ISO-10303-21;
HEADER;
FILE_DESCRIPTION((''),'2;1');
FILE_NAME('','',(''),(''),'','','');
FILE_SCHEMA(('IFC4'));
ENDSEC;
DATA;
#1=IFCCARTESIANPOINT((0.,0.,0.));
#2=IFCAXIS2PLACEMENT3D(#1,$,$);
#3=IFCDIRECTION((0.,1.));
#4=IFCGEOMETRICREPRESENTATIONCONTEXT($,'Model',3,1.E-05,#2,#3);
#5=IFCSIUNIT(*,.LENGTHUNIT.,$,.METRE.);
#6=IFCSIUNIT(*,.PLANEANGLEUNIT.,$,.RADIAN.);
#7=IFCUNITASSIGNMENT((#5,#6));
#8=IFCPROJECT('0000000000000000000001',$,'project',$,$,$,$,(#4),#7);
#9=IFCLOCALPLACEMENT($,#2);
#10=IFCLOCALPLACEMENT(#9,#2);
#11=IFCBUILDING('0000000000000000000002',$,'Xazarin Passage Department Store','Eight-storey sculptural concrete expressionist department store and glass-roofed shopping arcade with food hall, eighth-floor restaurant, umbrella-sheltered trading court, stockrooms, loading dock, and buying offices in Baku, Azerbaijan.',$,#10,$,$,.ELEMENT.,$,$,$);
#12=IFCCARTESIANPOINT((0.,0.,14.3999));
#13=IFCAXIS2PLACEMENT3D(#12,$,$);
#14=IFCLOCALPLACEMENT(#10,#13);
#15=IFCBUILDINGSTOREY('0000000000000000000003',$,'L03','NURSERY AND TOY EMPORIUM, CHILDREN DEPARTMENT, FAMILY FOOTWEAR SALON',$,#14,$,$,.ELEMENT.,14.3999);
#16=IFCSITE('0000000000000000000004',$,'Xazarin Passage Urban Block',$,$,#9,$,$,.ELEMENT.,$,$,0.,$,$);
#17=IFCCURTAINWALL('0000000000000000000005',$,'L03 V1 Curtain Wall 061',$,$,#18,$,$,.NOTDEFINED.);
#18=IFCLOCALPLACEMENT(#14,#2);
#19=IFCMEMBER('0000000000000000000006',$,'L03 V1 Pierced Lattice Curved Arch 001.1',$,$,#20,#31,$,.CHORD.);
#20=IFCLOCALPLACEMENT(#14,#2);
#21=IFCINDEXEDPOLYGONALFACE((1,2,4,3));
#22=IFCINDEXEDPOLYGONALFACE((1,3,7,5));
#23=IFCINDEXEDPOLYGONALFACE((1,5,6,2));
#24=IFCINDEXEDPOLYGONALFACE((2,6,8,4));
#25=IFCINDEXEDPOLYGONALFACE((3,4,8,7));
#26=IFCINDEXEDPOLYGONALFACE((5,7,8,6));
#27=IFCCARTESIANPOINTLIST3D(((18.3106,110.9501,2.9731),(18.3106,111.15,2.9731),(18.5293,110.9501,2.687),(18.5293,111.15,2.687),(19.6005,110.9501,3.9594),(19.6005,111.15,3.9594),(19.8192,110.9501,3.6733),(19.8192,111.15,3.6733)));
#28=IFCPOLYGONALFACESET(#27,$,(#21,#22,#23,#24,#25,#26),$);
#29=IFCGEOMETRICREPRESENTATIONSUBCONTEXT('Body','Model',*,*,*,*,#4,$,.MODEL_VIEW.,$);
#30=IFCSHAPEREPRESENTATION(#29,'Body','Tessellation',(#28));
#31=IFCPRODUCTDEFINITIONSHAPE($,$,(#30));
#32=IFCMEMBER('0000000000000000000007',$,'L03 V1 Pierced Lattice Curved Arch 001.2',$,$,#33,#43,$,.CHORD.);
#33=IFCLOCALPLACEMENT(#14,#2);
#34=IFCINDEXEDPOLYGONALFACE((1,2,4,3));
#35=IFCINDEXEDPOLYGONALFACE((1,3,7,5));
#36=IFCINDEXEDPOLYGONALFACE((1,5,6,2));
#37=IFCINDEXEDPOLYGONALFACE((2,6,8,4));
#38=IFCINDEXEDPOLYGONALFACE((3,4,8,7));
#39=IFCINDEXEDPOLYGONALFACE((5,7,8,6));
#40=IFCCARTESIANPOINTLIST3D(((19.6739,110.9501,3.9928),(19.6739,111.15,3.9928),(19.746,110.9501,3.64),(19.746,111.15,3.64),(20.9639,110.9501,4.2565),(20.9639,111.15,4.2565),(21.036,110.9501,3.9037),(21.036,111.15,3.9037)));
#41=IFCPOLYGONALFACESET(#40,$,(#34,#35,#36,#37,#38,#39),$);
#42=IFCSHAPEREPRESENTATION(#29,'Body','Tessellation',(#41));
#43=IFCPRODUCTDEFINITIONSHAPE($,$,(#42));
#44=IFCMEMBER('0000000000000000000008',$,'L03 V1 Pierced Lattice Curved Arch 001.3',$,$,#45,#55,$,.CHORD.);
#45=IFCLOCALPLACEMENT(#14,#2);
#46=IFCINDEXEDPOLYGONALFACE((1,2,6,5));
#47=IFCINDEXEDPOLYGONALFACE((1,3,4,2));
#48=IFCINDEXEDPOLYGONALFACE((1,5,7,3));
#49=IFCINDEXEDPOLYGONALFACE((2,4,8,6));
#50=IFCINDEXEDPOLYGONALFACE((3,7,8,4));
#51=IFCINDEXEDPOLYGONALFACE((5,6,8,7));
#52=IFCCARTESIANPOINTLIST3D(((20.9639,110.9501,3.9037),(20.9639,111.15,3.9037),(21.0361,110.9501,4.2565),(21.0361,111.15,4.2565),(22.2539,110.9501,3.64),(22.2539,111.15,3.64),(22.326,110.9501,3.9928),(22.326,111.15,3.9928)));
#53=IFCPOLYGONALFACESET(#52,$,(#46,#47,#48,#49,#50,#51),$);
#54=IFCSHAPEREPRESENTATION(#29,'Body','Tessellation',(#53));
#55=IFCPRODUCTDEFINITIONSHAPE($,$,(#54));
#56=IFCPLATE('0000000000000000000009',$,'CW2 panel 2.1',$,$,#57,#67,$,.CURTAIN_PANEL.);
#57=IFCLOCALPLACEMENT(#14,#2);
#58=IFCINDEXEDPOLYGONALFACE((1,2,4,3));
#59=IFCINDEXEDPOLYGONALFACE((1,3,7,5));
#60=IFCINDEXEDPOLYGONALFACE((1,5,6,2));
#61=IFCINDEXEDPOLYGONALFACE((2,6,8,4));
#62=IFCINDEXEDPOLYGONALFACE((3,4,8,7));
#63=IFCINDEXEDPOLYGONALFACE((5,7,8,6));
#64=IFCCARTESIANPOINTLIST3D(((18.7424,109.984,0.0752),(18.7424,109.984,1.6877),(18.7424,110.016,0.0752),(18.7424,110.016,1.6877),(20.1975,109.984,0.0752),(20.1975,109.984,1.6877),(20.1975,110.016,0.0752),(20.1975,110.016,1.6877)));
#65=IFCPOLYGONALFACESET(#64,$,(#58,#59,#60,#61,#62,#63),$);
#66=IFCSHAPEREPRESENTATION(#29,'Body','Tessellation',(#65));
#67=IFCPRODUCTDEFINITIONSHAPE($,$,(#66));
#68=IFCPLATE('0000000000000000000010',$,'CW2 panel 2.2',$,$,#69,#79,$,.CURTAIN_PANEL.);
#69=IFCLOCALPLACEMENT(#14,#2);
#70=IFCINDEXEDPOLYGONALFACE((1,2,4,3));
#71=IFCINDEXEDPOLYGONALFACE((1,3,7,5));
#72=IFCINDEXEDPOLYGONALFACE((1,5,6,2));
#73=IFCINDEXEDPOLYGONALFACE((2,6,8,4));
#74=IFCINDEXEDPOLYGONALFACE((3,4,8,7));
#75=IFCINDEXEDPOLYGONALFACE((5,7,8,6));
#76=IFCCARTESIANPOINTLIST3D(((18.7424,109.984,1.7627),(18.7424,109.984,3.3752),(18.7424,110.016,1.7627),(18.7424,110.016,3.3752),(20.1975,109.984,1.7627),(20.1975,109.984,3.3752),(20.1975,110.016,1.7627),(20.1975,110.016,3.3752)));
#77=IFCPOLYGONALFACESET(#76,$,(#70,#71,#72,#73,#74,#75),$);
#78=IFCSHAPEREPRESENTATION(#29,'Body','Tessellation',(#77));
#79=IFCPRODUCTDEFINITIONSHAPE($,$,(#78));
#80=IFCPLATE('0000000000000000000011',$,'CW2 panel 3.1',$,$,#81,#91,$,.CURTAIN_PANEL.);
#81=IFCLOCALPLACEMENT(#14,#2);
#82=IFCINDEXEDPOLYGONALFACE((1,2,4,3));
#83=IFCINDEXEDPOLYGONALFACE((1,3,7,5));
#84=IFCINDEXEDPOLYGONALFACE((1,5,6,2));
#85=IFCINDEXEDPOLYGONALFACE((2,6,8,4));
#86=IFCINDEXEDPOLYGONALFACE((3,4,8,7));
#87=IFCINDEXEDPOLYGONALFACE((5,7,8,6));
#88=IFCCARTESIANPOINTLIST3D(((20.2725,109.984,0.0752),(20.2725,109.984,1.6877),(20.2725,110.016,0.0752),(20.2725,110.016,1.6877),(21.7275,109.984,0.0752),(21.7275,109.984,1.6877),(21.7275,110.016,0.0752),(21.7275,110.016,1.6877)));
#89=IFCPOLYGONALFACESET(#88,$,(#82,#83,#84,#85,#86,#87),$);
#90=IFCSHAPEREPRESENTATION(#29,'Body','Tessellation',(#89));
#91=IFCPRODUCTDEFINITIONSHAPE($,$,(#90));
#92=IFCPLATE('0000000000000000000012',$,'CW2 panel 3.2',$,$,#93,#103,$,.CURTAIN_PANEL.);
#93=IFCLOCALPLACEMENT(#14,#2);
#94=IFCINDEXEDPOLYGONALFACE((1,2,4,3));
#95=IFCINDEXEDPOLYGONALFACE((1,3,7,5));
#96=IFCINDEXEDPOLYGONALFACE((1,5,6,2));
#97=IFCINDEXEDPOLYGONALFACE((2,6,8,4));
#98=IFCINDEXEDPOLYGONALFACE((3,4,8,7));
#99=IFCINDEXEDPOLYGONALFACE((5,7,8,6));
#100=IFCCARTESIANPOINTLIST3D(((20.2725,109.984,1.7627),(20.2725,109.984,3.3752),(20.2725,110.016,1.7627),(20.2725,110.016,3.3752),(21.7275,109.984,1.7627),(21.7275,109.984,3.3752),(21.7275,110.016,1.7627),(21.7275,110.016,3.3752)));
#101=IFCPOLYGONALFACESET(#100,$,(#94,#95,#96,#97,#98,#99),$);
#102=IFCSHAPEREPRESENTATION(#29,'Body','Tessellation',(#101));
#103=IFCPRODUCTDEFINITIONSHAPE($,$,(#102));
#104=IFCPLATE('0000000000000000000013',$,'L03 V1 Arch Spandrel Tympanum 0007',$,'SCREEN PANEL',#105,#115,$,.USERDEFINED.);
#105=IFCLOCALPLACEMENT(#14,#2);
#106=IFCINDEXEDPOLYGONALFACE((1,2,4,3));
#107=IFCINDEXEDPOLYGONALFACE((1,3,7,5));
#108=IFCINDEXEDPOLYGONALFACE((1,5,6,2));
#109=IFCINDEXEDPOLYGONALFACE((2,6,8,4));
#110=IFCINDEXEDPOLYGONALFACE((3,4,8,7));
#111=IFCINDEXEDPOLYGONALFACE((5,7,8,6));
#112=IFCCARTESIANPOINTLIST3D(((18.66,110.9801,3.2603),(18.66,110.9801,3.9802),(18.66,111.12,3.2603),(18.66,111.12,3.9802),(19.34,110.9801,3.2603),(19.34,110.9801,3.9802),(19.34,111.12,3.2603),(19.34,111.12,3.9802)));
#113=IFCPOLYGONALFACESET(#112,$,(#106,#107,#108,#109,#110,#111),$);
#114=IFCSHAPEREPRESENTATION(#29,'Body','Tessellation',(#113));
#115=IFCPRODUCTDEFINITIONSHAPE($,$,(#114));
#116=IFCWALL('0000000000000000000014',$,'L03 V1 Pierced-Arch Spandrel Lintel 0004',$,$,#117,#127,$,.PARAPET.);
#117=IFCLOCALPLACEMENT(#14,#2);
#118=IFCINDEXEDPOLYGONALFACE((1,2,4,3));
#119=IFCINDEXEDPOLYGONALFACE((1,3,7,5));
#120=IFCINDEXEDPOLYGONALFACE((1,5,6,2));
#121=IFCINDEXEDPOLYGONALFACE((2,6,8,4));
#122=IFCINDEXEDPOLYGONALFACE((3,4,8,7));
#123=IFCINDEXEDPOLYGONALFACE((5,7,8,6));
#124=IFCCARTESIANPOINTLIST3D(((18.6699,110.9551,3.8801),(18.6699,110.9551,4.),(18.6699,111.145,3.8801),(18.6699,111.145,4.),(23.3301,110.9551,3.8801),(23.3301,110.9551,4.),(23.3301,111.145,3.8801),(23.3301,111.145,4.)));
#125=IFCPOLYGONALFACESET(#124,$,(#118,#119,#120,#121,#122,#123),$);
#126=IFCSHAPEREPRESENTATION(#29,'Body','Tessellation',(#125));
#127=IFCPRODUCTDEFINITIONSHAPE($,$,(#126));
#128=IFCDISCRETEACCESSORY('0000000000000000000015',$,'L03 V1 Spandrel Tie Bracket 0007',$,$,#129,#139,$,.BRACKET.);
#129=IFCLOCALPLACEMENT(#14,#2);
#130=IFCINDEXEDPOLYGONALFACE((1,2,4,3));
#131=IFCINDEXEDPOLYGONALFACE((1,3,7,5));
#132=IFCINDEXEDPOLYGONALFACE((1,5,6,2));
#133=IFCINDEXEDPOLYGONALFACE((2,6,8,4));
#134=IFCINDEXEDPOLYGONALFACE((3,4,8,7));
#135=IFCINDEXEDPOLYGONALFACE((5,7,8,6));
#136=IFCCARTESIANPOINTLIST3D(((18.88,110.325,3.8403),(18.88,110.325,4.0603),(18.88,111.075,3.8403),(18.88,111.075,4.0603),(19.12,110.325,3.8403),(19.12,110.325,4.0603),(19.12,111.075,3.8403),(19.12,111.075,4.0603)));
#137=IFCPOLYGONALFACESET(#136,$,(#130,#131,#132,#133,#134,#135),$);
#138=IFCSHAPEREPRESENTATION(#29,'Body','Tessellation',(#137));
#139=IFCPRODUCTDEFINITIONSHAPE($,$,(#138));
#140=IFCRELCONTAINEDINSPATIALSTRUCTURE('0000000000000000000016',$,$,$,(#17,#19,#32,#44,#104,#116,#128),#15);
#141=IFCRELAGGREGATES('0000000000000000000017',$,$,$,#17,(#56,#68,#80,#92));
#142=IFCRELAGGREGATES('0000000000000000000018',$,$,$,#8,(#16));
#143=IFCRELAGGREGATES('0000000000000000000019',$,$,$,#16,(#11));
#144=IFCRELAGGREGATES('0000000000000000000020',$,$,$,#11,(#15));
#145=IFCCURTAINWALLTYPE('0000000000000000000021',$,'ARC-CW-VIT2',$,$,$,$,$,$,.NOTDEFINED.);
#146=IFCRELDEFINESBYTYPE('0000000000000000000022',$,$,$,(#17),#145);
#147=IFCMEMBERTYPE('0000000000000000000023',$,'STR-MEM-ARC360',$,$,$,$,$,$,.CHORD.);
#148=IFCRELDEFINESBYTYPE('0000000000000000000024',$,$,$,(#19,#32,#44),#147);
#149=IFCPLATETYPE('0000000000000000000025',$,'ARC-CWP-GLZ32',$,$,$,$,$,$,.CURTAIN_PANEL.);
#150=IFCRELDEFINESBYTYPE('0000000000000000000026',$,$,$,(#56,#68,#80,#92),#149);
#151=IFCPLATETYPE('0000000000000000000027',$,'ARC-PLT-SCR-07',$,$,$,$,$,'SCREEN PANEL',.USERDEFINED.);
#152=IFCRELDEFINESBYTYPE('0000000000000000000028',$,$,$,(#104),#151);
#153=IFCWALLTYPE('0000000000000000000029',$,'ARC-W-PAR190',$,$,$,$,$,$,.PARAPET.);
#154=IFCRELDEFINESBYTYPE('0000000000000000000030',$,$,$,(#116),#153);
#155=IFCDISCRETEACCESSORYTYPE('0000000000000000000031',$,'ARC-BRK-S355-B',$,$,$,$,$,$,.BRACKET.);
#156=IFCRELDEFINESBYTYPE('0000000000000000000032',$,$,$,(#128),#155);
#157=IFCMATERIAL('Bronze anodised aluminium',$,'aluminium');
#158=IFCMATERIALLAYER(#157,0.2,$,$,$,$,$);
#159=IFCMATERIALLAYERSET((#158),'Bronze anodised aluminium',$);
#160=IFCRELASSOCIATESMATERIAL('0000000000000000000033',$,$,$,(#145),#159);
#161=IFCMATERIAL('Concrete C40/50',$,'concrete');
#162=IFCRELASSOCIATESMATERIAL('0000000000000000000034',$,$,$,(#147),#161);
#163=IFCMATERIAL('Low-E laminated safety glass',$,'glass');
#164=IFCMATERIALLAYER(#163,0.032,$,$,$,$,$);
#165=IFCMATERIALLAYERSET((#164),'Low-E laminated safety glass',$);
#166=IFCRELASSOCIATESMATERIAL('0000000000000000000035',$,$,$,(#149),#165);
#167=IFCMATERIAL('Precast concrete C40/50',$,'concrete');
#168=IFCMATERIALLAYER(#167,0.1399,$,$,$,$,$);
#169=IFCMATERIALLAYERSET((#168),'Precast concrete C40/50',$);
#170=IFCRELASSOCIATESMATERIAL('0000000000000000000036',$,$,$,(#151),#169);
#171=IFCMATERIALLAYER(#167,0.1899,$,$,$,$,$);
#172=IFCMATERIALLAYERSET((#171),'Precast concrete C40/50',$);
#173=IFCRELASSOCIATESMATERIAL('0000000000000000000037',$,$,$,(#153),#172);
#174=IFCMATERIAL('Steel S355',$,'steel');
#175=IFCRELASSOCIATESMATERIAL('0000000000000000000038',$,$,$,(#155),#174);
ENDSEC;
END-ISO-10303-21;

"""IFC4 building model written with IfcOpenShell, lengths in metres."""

from ifc_helpers import new_model, si_unit, direction, frame, frame_2d, origin, origin_2d, place, context, subcontext, project, spatial, rectangle, extrude, material, layer, layer_set, material_profile, profile_set, type_object, element, aggregate, save


model = new_model("IFC4")

# Units and contexts
model_context = context("Model", 3, precision=1e-05, world=origin(), true_north=direction((0.0, 1.0)))
body_context = subcontext(model_context, "Body", "Model", "MODEL_VIEW")
ifc_project = project(units=[si_unit("LENGTHUNIT", "METRE"), si_unit("PLANEANGLEUNIT", "RADIAN")], contexts=[model_context])

# Site, building, storey
site_placement = place(None, origin())
site = spatial("IfcSite", under=ifc_project, at=site_placement, Name="Xazarin Passage Urban Block", CompositionType="ELEMENT", RefElevation=0.0)
building_placement = place(site_placement, origin())
building = spatial("IfcBuilding", under=site, at=building_placement, Name="Xazarin Passage Department Store", Description="Eight-storey sculptural concrete expressionist department store and glass-roofed shopping arcade with food hall, eighth-floor restaurant, umbrella-sheltered trading court, stockrooms, loading dock, and buying offices in Baku, Azerbaijan.", CompositionType="ELEMENT")
storey_placement = place(building_placement, frame((0.0, 0.0, 14.3999)))
storey = spatial("IfcBuildingStorey", under=building, at=storey_placement, Name="L03", Description="NURSERY AND TOY EMPORIUM, CHILDREN DEPARTMENT, FAMILY FOOTWEAR SALON", CompositionType="ELEMENT", Elevation=14.3999)

# Shared definitions
ifc_material_1 = material(Name="Concrete C40/50", Category="concrete")

# Curtain wall
ifc_material_2 = material(Name="Bronze anodised aluminium", Category="aluminium")
ifc_layer_1 = layer(ifc_material_2, 0.2)
ifc_layer_set_1 = layer_set([ifc_layer_1], Name="Bronze anodised aluminium")
curtain_wall_type = type_object("IfcCurtainWallType", Name="ARC-CW-VIT2", PredefinedType="NOTDEFINED", material=ifc_layer_set_1)
curtain_wall_placement = place(storey_placement, origin())
curtain_wall = element("IfcCurtainWall", 1, at=curtain_wall_placement, inside=storey, type_object=curtain_wall_type, Name="L03 V1 Curtain Wall 061", PredefinedType="NOTDEFINED")

# Members
ifc_material_profile_1 = material_profile(ifc_material_1, rectangle(XDim=0.2, YDim=0.3601, at=origin_2d()), Name="RC 200x360")
ifc_profile_set_1 = profile_set([ifc_material_profile_1], Name="Concrete C40/50")
member_type_1 = type_object("IfcMemberType", Name="STR-MEM-ARC360", PredefinedType="CHORD", material=ifc_profile_set_1)
member_1_placement = place(storey_placement, frame((18.4199, 111.05, 2.8301), z_axis=(0.794409, 0.0, 0.607383), x_axis=(0.0, 1.0, 0.0)))
element("IfcMember", 2, at=member_1_placement, inside=storey, type_object=member_type_1, Name="L03 V1 Pierced Lattice Curved Arch 001.1", PredefinedType="CHORD", context=body_context, shape_type="SweptSolid", body=[
    extrude(rectangle(XDim=0.2, YDim=0.3601, at=origin_2d()), origin(), (0.0, 0.0, 1.0), 1.6238),
])
for number, where, z_axis, x_axis, name in (
    (3, (19.71, 111.05, 3.8164), (0.979745, 0.0, 0.200251), (0.0, 1.0, 0.0), "L03 V1 Pierced Lattice Curved Arch 001.2"),
    (4, (21.0, 111.05, 4.0801), (0.979745, 0.0, -0.200251), (0.0, 1.0, 0.0), "L03 V1 Pierced Lattice Curved Arch 001.3"),
):
    element("IfcMember", number, at=place(storey_placement, frame(where, z_axis=z_axis, x_axis=x_axis)), inside=storey, type_object=member_type_1, Name=name, PredefinedType="CHORD", context=body_context, shape_type="SweptSolid", body=[
        extrude(rectangle(XDim=0.2, YDim=0.3601, at=origin_2d()), origin(), (0.0, 0.0, 1.0), 1.3167),
    ])

# Plates
ifc_material_3 = material(Name="Low-E laminated safety glass", Category="glass")
ifc_layer_2 = layer(ifc_material_3, 0.032)
ifc_layer_set_2 = layer_set([ifc_layer_2], Name="Low-E laminated safety glass")
plate_type_1 = type_object("IfcPlateType", Name="ARC-CWP-GLZ32", PredefinedType="CURTAIN_PANEL", material=ifc_layer_set_2)
plate_1_placement = place(storey_placement, frame((19.47, 110.0, 0.0752), z_axis=(0.0, 0.0, 1.0), x_axis=(1.0, 0.0, 0.0)))
plate_1 = element("IfcPlate", 5, at=plate_1_placement, type_object=plate_type_1, Name="CW2 panel 2.1", PredefinedType="CURTAIN_PANEL", context=body_context, shape_type="SweptSolid", body=[
    extrude(rectangle(XDim=1.4551, YDim=0.032, at=origin_2d()), origin(), (0.0, 0.0, 1.0), 1.6125),
])
plate_2_placement = place(storey_placement, frame((19.47, 110.0, 1.7627), z_axis=(0.0, 0.0, 1.0), x_axis=(1.0, 0.0, 0.0)))
plate_2 = element("IfcPlate", 6, at=plate_2_placement, type_object=plate_type_1, Name="CW2 panel 2.2", PredefinedType="CURTAIN_PANEL", context=body_context, shape_type="SweptSolid", body=[
    extrude(rectangle(XDim=1.4551, YDim=0.032, at=origin_2d()), origin(), (0.0, 0.0, 1.0), 1.6125),
])
plate_3_placement = place(storey_placement, frame((21.0, 110.0, 0.0752), z_axis=(0.0, 0.0, 1.0), x_axis=(1.0, 0.0, 0.0)))
plate_3 = element("IfcPlate", 7, at=plate_3_placement, type_object=plate_type_1, Name="CW2 panel 3.1", PredefinedType="CURTAIN_PANEL", context=body_context, shape_type="SweptSolid", body=[
    extrude(rectangle(XDim=1.4551, YDim=0.032, at=origin_2d()), origin(), (0.0, 0.0, 1.0), 1.6125),
])
plate_4_placement = place(storey_placement, frame((21.0, 110.0, 1.7627), z_axis=(0.0, 0.0, 1.0), x_axis=(1.0, 0.0, 0.0)))
plate_4 = element("IfcPlate", 8, at=plate_4_placement, type_object=plate_type_1, Name="CW2 panel 3.2", PredefinedType="CURTAIN_PANEL", context=body_context, shape_type="SweptSolid", body=[
    extrude(rectangle(XDim=1.4551, YDim=0.032, at=origin_2d()), origin(), (0.0, 0.0, 1.0), 1.6125),
])
aggregate(curtain_wall, [plate_1, plate_2, plate_3, plate_4])
ifc_material_4 = material(Name="Precast concrete C40/50", Category="concrete")
ifc_layer_3 = layer(ifc_material_4, 0.1399)
ifc_layer_set_3 = layer_set([ifc_layer_3], Name="Precast concrete C40/50")
plate_type_2 = type_object("IfcPlateType", Name="ARC-PLT-SCR-07", ElementType="SCREEN PANEL", PredefinedType="USERDEFINED", material=ifc_layer_set_3)
plate_5_placement = place(storey_placement, frame((19.0, 111.05, 3.2603), z_axis=(0.0, 0.0, 1.0), x_axis=(1.0, 0.0, 0.0)))
element("IfcPlate", 9, at=plate_5_placement, inside=storey, type_object=plate_type_2, Name="L03 V1 Arch Spandrel Tympanum 0007", ObjectType="SCREEN PANEL", PredefinedType="USERDEFINED", context=body_context, shape_type="SweptSolid", body=[
    extrude(rectangle(XDim=0.6799, YDim=0.1399, at=origin_2d()), origin(), (0.0, 0.0, 1.0), 0.72),
])

# Wall
ifc_layer_4 = layer(ifc_material_4, 0.1899)
ifc_layer_set_4 = layer_set([ifc_layer_4], Name="Precast concrete C40/50")
wall_type = type_object("IfcWallType", Name="ARC-W-PAR190", PredefinedType="PARAPET", material=ifc_layer_set_4)
wall_placement = place(storey_placement, frame((18.6699, 111.05, 3.8801), z_axis=(0.0, 0.0, 1.0), x_axis=(1.0, 0.0, 0.0)))
element("IfcWall", 10, at=wall_placement, inside=storey, type_object=wall_type, Name="L03 V1 Pierced-Arch Spandrel Lintel 0004", PredefinedType="PARAPET", context=body_context, shape_type="SweptSolid", body=[
    extrude(rectangle(XDim=4.6602, YDim=0.1899, at=frame_2d((2.3301, 0.0))), origin(), (0.0, 0.0, 1.0), 0.1199),
])

# Discrete accessory
ifc_material_5 = material(Name="Steel S355", Category="steel")
discrete_accessory_type = type_object("IfcDiscreteAccessoryType", Name="ARC-BRK-S355-B", PredefinedType="BRACKET", material=ifc_material_5)
discrete_accessory_placement = place(storey_placement, frame((19.0, 110.7, 3.8403), z_axis=(0.0, 0.0, 1.0), x_axis=(1.0, 0.0, 0.0)))
element("IfcDiscreteAccessory", 11, at=discrete_accessory_placement, inside=storey, type_object=discrete_accessory_type, Name="L03 V1 Spandrel Tie Bracket 0007", PredefinedType="BRACKET", context=body_context, shape_type="SweptSolid", body=[
    extrude(rectangle(XDim=0.24, YDim=0.75, at=origin_2d()), origin(), (0.0, 0.0, 1.0), 0.22),
])

save(model, "model.ifc")
